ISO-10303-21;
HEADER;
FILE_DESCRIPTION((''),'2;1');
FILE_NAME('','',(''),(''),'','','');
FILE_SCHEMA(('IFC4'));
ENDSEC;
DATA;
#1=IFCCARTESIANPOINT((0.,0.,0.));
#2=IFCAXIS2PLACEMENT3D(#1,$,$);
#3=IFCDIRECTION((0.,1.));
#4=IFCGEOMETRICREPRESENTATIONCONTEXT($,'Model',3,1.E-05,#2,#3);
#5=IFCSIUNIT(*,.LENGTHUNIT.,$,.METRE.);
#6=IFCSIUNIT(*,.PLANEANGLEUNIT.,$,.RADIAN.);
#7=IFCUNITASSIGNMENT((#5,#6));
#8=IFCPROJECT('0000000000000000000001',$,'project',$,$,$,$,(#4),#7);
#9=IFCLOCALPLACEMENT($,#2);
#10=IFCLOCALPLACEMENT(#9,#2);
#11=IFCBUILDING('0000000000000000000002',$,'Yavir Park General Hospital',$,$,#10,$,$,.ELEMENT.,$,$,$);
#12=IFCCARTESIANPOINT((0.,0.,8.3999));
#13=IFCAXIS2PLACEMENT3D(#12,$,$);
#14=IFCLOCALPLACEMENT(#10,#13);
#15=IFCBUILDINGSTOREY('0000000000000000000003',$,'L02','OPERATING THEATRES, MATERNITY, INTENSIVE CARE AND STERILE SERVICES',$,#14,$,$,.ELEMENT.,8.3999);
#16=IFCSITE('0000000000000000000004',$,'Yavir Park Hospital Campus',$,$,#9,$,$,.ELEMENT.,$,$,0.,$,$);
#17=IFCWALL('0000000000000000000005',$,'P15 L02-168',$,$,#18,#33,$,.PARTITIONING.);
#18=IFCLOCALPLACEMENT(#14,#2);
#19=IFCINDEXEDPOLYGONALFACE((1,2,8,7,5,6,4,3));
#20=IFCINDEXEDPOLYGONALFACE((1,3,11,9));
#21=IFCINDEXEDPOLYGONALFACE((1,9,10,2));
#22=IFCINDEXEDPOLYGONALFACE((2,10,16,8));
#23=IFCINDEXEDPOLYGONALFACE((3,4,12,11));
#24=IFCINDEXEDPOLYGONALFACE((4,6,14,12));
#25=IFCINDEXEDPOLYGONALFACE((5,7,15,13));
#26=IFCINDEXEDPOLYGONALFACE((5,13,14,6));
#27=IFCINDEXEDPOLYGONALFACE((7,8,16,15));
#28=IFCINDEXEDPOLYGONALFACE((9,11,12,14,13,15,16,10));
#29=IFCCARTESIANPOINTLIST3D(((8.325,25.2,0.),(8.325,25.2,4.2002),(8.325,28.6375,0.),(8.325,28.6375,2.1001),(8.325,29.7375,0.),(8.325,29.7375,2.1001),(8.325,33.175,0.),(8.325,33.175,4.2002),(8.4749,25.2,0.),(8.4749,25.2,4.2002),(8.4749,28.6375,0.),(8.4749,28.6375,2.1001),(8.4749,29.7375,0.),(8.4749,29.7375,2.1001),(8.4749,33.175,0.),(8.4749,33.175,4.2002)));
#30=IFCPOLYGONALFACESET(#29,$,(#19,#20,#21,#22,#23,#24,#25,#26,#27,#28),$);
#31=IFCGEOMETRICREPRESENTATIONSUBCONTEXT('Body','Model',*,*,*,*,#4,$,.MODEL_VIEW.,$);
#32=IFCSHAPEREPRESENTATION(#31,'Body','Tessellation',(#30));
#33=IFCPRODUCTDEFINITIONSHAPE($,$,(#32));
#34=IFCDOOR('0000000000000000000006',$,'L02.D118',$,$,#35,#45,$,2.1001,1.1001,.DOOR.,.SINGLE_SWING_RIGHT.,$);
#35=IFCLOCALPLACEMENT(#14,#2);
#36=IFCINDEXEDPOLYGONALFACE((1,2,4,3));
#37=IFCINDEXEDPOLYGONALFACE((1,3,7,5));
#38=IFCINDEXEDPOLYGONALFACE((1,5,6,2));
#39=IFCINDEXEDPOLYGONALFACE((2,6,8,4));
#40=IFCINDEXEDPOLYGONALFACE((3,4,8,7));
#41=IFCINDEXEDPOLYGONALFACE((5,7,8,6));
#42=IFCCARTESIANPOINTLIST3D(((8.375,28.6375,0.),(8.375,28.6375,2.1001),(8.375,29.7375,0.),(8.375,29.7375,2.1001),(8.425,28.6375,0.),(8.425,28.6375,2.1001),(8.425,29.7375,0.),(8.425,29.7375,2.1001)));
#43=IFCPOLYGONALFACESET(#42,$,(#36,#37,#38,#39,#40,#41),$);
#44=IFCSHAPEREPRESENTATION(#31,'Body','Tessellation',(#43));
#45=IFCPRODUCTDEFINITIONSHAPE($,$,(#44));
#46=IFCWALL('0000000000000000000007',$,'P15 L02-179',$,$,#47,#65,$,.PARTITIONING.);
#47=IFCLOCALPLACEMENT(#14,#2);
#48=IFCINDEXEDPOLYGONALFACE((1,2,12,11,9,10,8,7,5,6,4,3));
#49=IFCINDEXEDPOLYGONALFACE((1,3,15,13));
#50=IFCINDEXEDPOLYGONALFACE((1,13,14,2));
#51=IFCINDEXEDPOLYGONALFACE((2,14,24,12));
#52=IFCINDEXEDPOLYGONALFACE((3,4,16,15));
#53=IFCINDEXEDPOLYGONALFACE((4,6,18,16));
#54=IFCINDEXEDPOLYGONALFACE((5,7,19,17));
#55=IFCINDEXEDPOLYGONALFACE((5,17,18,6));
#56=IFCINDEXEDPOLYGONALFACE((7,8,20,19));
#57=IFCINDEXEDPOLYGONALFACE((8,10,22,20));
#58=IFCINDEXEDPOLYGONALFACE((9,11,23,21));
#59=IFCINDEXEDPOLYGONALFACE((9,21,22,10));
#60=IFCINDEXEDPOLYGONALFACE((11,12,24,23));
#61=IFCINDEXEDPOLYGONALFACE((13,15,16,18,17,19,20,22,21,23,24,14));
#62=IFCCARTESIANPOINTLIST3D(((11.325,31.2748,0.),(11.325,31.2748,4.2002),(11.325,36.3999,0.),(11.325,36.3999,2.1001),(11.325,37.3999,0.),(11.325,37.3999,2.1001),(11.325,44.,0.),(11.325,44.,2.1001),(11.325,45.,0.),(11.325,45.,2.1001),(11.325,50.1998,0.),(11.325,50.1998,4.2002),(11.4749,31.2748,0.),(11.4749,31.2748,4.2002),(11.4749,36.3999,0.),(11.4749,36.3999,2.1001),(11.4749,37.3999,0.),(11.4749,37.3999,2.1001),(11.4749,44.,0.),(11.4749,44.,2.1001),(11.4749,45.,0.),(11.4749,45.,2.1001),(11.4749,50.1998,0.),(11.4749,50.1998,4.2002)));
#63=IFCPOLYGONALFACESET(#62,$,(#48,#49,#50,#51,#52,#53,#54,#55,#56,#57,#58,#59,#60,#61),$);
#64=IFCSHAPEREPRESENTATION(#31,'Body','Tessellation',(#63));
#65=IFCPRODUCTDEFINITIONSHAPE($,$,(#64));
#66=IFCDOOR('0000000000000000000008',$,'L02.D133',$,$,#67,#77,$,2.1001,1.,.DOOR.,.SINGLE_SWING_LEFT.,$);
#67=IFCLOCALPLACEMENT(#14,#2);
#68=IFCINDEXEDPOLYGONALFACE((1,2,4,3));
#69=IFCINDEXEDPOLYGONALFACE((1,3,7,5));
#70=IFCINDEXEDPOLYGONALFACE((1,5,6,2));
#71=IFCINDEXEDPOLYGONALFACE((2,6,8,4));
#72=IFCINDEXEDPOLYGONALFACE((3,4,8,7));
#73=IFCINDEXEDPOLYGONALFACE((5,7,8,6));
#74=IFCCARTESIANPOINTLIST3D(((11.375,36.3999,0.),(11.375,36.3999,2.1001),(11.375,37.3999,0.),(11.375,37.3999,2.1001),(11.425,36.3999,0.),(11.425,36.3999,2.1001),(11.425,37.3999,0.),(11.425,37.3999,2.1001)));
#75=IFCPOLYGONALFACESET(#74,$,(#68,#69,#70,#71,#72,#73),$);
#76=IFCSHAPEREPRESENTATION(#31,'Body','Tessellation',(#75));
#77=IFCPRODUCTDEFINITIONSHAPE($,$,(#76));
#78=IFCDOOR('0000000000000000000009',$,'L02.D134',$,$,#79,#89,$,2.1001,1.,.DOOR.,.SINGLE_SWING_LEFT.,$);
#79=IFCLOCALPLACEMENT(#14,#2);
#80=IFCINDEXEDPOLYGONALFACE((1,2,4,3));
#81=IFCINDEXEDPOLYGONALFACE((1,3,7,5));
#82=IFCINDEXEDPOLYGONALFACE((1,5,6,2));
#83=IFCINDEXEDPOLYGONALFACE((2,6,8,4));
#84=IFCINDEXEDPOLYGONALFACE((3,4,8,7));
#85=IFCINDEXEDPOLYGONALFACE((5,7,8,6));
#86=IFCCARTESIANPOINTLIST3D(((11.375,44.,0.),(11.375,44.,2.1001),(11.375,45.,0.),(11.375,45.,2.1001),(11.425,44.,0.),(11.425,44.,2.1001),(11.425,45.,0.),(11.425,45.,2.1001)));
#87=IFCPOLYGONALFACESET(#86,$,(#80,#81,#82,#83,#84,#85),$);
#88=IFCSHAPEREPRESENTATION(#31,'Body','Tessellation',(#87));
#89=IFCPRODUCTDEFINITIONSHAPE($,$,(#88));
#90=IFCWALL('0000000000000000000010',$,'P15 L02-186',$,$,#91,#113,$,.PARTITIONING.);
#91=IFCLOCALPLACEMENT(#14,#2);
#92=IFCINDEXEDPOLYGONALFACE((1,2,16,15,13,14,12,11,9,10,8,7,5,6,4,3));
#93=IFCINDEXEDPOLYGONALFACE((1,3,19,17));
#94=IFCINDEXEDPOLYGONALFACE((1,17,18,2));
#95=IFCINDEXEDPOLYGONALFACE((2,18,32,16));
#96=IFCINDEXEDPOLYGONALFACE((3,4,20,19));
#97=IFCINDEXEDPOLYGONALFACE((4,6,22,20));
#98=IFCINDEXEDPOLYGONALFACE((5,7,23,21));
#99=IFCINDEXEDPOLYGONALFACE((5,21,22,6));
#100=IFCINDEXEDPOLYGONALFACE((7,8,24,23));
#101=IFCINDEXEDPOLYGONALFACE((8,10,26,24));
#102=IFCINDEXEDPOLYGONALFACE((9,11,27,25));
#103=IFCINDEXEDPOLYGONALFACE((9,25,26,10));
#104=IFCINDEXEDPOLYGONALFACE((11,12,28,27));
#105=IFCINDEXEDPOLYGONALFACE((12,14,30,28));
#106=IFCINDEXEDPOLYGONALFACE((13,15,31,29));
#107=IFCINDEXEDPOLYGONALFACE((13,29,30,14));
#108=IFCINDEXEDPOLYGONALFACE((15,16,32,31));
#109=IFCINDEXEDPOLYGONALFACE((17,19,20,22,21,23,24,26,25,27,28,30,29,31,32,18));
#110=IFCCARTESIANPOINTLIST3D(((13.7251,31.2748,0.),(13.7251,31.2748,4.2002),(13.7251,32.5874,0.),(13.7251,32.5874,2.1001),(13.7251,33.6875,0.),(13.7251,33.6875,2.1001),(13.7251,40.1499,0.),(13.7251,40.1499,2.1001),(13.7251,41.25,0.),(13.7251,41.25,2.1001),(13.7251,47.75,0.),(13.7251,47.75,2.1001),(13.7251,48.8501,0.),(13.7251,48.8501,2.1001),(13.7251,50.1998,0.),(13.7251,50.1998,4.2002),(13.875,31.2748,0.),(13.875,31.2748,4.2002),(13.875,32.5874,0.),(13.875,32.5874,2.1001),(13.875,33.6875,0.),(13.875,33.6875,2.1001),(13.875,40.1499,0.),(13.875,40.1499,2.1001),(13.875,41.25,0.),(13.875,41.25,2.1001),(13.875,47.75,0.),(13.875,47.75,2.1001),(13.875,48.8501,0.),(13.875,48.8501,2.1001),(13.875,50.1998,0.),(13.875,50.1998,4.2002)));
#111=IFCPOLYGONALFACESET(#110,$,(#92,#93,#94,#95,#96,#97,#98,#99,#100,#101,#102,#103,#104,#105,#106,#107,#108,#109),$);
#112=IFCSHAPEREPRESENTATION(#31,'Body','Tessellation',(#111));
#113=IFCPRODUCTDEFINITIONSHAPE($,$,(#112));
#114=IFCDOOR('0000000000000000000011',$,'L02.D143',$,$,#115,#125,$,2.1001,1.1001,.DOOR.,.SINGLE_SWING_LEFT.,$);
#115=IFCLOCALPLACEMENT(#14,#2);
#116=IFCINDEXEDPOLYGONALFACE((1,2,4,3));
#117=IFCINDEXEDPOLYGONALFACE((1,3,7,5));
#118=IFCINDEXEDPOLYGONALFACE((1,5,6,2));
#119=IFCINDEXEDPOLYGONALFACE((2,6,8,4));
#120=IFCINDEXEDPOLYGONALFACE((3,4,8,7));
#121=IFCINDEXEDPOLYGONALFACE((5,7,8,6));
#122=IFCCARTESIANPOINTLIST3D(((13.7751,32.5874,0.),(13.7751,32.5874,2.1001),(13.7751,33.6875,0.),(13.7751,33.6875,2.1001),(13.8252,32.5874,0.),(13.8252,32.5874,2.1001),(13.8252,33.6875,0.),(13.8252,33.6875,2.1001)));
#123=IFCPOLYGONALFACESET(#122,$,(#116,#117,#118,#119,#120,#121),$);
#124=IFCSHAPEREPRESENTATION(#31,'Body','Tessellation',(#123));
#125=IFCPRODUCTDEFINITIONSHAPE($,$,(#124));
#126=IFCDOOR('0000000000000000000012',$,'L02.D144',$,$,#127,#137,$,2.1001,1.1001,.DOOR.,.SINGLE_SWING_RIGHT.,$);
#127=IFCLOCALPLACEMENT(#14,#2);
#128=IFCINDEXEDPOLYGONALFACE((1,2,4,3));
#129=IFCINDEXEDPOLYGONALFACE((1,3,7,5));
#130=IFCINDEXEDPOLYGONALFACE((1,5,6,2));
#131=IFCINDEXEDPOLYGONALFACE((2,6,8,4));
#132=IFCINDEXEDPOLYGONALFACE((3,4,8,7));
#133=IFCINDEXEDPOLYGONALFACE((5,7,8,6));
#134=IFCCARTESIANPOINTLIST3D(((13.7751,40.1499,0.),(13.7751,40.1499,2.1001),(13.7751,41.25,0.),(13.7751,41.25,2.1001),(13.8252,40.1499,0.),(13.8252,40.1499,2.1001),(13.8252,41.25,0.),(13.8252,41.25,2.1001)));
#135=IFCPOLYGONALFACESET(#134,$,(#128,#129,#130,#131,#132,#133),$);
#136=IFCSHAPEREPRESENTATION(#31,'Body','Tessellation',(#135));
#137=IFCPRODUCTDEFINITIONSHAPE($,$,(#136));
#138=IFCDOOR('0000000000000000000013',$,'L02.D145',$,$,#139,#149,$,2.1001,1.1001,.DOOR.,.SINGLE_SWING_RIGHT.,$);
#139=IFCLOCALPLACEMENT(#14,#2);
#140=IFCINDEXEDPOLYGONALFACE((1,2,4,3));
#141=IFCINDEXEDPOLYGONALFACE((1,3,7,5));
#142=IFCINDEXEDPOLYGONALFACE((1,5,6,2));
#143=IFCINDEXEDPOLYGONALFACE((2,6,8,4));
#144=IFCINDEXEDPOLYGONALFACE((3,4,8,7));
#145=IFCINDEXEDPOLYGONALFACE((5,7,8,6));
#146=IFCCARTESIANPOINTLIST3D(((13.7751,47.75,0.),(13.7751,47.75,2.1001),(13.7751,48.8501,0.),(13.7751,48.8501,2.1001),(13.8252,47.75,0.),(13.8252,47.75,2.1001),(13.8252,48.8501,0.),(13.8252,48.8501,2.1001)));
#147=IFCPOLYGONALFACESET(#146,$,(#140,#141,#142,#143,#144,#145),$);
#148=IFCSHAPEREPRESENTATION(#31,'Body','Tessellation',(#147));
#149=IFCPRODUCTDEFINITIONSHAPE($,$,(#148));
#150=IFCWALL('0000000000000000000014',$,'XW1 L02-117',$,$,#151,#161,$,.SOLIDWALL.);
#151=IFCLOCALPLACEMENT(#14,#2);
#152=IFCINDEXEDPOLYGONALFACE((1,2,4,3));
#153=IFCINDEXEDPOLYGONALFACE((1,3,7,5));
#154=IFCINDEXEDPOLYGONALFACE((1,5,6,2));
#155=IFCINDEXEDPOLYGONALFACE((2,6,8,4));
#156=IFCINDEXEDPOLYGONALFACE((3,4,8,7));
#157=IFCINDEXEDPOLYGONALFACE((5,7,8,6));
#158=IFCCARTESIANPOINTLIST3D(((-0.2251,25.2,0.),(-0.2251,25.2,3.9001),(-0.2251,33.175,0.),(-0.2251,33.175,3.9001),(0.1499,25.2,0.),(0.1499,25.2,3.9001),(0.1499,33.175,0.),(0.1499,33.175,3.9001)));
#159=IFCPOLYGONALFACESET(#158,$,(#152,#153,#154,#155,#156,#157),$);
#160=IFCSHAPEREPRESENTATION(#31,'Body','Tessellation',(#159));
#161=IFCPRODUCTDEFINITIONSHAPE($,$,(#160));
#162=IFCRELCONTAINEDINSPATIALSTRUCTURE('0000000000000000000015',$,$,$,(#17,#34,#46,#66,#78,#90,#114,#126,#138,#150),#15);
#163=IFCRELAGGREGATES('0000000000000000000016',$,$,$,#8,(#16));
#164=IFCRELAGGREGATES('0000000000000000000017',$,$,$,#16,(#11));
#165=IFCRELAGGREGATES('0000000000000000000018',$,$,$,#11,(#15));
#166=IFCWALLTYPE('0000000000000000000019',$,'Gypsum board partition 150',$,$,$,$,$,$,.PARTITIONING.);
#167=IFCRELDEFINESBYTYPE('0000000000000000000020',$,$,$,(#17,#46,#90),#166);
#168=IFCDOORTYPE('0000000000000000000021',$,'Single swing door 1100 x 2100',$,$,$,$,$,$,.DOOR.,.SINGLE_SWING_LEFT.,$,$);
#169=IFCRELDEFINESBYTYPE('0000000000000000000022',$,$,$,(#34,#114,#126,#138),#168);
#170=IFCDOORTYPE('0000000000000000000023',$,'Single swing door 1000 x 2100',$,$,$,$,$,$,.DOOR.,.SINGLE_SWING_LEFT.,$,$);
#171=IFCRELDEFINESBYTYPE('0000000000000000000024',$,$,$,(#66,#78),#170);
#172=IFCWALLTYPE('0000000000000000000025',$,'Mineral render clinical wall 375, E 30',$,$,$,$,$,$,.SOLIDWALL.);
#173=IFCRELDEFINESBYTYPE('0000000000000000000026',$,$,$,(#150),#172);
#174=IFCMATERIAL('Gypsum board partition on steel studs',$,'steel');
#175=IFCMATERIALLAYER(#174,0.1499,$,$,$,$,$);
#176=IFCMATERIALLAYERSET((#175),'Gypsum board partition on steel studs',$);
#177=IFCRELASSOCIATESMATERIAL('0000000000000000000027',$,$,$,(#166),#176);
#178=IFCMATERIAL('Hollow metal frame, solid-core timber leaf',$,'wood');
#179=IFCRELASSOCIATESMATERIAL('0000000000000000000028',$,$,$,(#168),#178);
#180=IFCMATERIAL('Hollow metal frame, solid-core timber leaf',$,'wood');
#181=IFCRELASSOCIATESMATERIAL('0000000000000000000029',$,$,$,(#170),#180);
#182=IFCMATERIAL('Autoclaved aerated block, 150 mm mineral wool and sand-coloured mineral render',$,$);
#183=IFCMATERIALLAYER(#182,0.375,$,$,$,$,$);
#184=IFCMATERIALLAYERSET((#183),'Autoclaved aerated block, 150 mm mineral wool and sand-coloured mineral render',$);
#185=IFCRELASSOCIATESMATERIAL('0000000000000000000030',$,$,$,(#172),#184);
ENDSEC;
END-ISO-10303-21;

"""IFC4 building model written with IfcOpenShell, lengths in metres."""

from ifc_helpers import new_model, si_unit, direction, frame, frame_2d, origin, place, context, subcontext, project, spatial, rectangle, extrude, material, layer, layer_set, type_object, element, fill, save


model = new_model("IFC4")

# Units and contexts
model_context = context("Model", 3, precision=1e-05, world=origin(), true_north=direction((0.0, 1.0)))
body_context = subcontext(model_context, "Body", "Model", "MODEL_VIEW")
ifc_project = project(units=[si_unit("LENGTHUNIT", "METRE"), si_unit("PLANEANGLEUNIT", "RADIAN")], contexts=[model_context])

# Site, building, storey
site_placement = place(None, origin())
site = spatial("IfcSite", under=ifc_project, at=site_placement, Name="Yavir Park Hospital Campus", CompositionType="ELEMENT", RefElevation=0.0)
building_placement = place(site_placement, origin())
building = spatial("IfcBuilding", under=site, at=building_placement, Name="Yavir Park General Hospital", CompositionType="ELEMENT")
storey_placement = place(building_placement, frame((0.0, 0.0, 8.3999)))
storey = spatial("IfcBuildingStorey", under=building, at=storey_placement, Name="L02", Description="OPERATING THEATRES, MATERNITY, INTENSIVE CARE AND STERILE SERVICES", CompositionType="ELEMENT", Elevation=8.3999)

# Shared definitions
ifc_material_1 = material(Name="Gypsum board partition on steel studs", Category="steel")
ifc_layer_1 = layer(ifc_material_1, 0.1499)
ifc_layer_set_1 = layer_set([ifc_layer_1], Name="Gypsum board partition on steel studs")
wall_type_1 = type_object("IfcWallType", Name="Gypsum board partition 150", PredefinedType="PARTITIONING", material=ifc_layer_set_1)

# Wall, opening, door
wall_1_placement = place(storey_placement, frame((8.3999, 25.2, 0.0), z_axis=(0.0, 0.0, 1.0), x_axis=(0.0, 1.0, 0.0)))
wall_1 = element("IfcWall", 1, at=wall_1_placement, inside=storey, type_object=wall_type_1, Name="P15 L02-168", PredefinedType="PARTITIONING", context=body_context, shape_type="SweptSolid", body=[
    extrude(rectangle(XDim=7.9751, YDim=0.1499, at=frame_2d((3.9875, 0.0))), origin(), (0.0, 0.0, 1.0), 4.2002),
])
opening_1_placement = place(wall_1_placement, frame((3.4375, 0.0, 0.0)))
opening_1 = element("IfcOpeningElement", 2, at=opening_1_placement, cuts=wall_1, PredefinedType="OPENING", context=body_context, shape_type="SweptSolid", body=[
    extrude(rectangle(XDim=1.1001, YDim=2.1001, at=frame_2d((0.55, 1.05))), frame((0.0, 0.085, 0.0), z_axis=(0.0, -1.0, 0.0), x_axis=(1.0, 0.0, 0.0)), (0.0, 0.0, 1.0), 0.1699),
])
ifc_material_2 = material(Name="Hollow metal frame, solid-core timber leaf", Category="wood")
door_type_1 = type_object("IfcDoorType", Name="Single swing door 1100 x 2100", OperationType="SINGLE_SWING_LEFT", PredefinedType="DOOR", material=ifc_material_2)
door_1_placement = place(opening_1_placement, origin())
door_1 = element("IfcDoor", 3, at=door_1_placement, inside=storey, type_object=door_type_1, Name="L02.D118", OperationType="SINGLE_SWING_RIGHT", OverallHeight=2.1001, OverallWidth=1.1001, PredefinedType="DOOR", context=body_context, shape_type="SweptSolid", body=[
    extrude(rectangle(XDim=1.1001, YDim=2.1001, at=frame_2d((0.55, 1.05))), frame((0.0, 0.0249, 0.0), z_axis=(0.0, -1.0, 0.0), x_axis=(1.0, 0.0, 0.0)), (0.0, 0.0, 1.0), 0.05),
])
fill(opening_1, door_1)

# Walls, openings, doors
wall_2_placement = place(storey_placement, frame((11.3999, 31.2749, 0.0), z_axis=(0.0, 0.0, 1.0), x_axis=(0.0, 1.0, 0.0)))
wall_2 = element("IfcWall", 4, at=wall_2_placement, inside=storey, type_object=wall_type_1, Name="P15 L02-179", PredefinedType="PARTITIONING", context=body_context, shape_type="SweptSolid", body=[
    extrude(rectangle(XDim=18.925, YDim=0.1499, at=frame_2d((9.4624, 0.0))), origin(), (0.0, 0.0, 1.0), 4.2002),
])
opening_2_placement = place(wall_2_placement, frame((5.125, 0.0, 0.0)))
opening_2 = element("IfcOpeningElement", 5, at=opening_2_placement, cuts=wall_2, PredefinedType="OPENING", context=body_context, shape_type="SweptSolid", body=[
    extrude(rectangle(XDim=1.0, YDim=2.1001, at=frame_2d((0.5, 1.05))), frame((0.0, 0.085, 0.0), z_axis=(0.0, -1.0, 0.0), x_axis=(1.0, 0.0, 0.0)), (0.0, 0.0, 1.0), 0.1699),
])
opening_3_placement = place(wall_2_placement, frame((12.7251, 0.0, 0.0)))
opening_3 = element("IfcOpeningElement", 6, at=opening_3_placement, cuts=wall_2, PredefinedType="OPENING", context=body_context, shape_type="SweptSolid", body=[
    extrude(rectangle(XDim=1.0, YDim=2.1001, at=frame_2d((0.5, 1.05))), frame((0.0, 0.085, 0.0), z_axis=(0.0, -1.0, 0.0), x_axis=(1.0, 0.0, 0.0)), (0.0, 0.0, 1.0), 0.1699),
])
ifc_material_3 = material(Name="Hollow metal frame, solid-core timber leaf", Category="wood")
door_type_2 = type_object("IfcDoorType", Name="Single swing door 1000 x 2100", OperationType="SINGLE_SWING_LEFT", PredefinedType="DOOR", material=ifc_material_3)
door_2_placement = place(opening_2_placement, origin())
door_2 = element("IfcDoor", 7, at=door_2_placement, inside=storey, type_object=door_type_2, Name="L02.D133", OperationType="SINGLE_SWING_LEFT", OverallHeight=2.1001, OverallWidth=1.0, PredefinedType="DOOR", context=body_context, shape_type="SweptSolid", body=[
    extrude(rectangle(XDim=1.0, YDim=2.1001, at=frame_2d((0.5, 1.05))), frame((0.0, 0.0249, 0.0), z_axis=(0.0, -1.0, 0.0), x_axis=(1.0, 0.0, 0.0)), (0.0, 0.0, 1.0), 0.05),
])
fill(opening_2, door_2)
door_3_placement = place(opening_3_placement, origin())
door_3 = element("IfcDoor", 8, at=door_3_placement, inside=storey, type_object=door_type_2, Name="L02.D134", OperationType="SINGLE_SWING_LEFT", OverallHeight=2.1001, OverallWidth=1.0, PredefinedType="DOOR", context=body_context, shape_type="SweptSolid", body=[
    extrude(rectangle(XDim=1.0, YDim=2.1001, at=frame_2d((0.5, 1.05))), frame((0.0, 0.0249, 0.0), z_axis=(0.0, -1.0, 0.0), x_axis=(1.0, 0.0, 0.0)), (0.0, 0.0, 1.0), 0.05),
])
fill(opening_3, door_3)
wall_3_placement = place(storey_placement, frame((13.8, 31.2749, 0.0), z_axis=(0.0, 0.0, 1.0), x_axis=(0.0, 1.0, 0.0)))
wall_3 = element("IfcWall", 9, at=wall_3_placement, inside=storey, type_object=wall_type_1, Name="P15 L02-186", PredefinedType="PARTITIONING", context=body_context, shape_type="SweptSolid", body=[
    extrude(rectangle(XDim=18.925, YDim=0.1499, at=frame_2d((9.4624, 0.0))), origin(), (0.0, 0.0, 1.0), 4.2002),
])
opening_4_placement = place(wall_3_placement, frame((1.3125, 0.0, 0.0)))
opening_4 = element("IfcOpeningElement", 10, at=opening_4_placement, cuts=wall_3, PredefinedType="OPENING", context=body_context, shape_type="SweptSolid", body=[
    extrude(rectangle(XDim=1.1001, YDim=2.1001, at=frame_2d((0.55, 1.05))), frame((0.0, 0.085, 0.0), z_axis=(0.0, -1.0, 0.0), x_axis=(1.0, 0.0, 0.0)), (0.0, 0.0, 1.0), 0.1699),
])
opening_5_placement = place(wall_3_placement, frame((8.875, 0.0, 0.0)))
opening_5 = element("IfcOpeningElement", 11, at=opening_5_placement, cuts=wall_3, PredefinedType="OPENING", context=body_context, shape_type="SweptSolid", body=[
    extrude(rectangle(XDim=1.1001, YDim=2.1001, at=frame_2d((0.55, 1.05))), frame((0.0, 0.085, 0.0), z_axis=(0.0, -1.0, 0.0), x_axis=(1.0, 0.0, 0.0)), (0.0, 0.0, 1.0), 0.1699),
])
opening_6_placement = place(wall_3_placement, frame((16.4751, 0.0, 0.0)))
opening_6 = element("IfcOpeningElement", 12, at=opening_6_placement, cuts=wall_3, PredefinedType="OPENING", context=body_context, shape_type="SweptSolid", body=[
    extrude(rectangle(XDim=1.1001, YDim=2.1001, at=frame_2d((0.55, 1.05))), frame((0.0, 0.085, 0.0), z_axis=(0.0, -1.0, 0.0), x_axis=(1.0, 0.0, 0.0)), (0.0, 0.0, 1.0), 0.1699),
])
door_4_placement = place(opening_4_placement, origin())
door_4 = element("IfcDoor", 13, at=door_4_placement, inside=storey, type_object=door_type_1, Name="L02.D143", OperationType="SINGLE_SWING_LEFT", OverallHeight=2.1001, OverallWidth=1.1001, PredefinedType="DOOR", context=body_context, shape_type="SweptSolid", body=[
    extrude(rectangle(XDim=1.1001, YDim=2.1001, at=frame_2d((0.55, 1.05))), frame((0.0, 0.0249, 0.0), z_axis=(0.0, -1.0, 0.0), x_axis=(1.0, 0.0, 0.0)), (0.0, 0.0, 1.0), 0.05),
])
fill(opening_4, door_4)
door_5_placement = place(opening_5_placement, origin())
door_5 = element("IfcDoor", 14, at=door_5_placement, inside=storey, type_object=door_type_1, Name="L02.D144", OperationType="SINGLE_SWING_RIGHT", OverallHeight=2.1001, OverallWidth=1.1001, PredefinedType="DOOR", context=body_context, shape_type="SweptSolid", body=[
    extrude(rectangle(XDim=1.1001, YDim=2.1001, at=frame_2d((0.55, 1.05))), frame((0.0, 0.0249, 0.0), z_axis=(0.0, -1.0, 0.0), x_axis=(1.0, 0.0, 0.0)), (0.0, 0.0, 1.0), 0.05),
])
fill(opening_5, door_5)
door_6_placement = place(opening_6_placement, origin())
door_6 = element("IfcDoor", 15, at=door_6_placement, inside=storey, type_object=door_type_1, Name="L02.D145", OperationType="SINGLE_SWING_RIGHT", OverallHeight=2.1001, OverallWidth=1.1001, PredefinedType="DOOR", context=body_context, shape_type="SweptSolid", body=[
    extrude(rectangle(XDim=1.1001, YDim=2.1001, at=frame_2d((0.55, 1.05))), frame((0.0, 0.0249, 0.0), z_axis=(0.0, -1.0, 0.0), x_axis=(1.0, 0.0, 0.0)), (0.0, 0.0, 1.0), 0.05),
])
fill(opening_6, door_6)

# Wall
ifc_material_4 = material(Name="Autoclaved aerated block, 150 mm mineral wool and sand-coloured mineral render")
ifc_layer_2 = layer(ifc_material_4, 0.375)
ifc_layer_set_2 = layer_set([ifc_layer_2], Name="Autoclaved aerated block, 150 mm mineral wool and sand-coloured mineral render")
wall_type_2 = type_object("IfcWallType", Name="Mineral render clinical wall 375, E 30", PredefinedType="SOLIDWALL", material=ifc_layer_set_2)
wall_4_placement = place(storey_placement, frame((-0.0376, 25.2, 0.0), z_axis=(0.0, 0.0, 1.0), x_axis=(0.0, 1.0, 0.0)))
element("IfcWall", 16, at=wall_4_placement, inside=storey, type_object=wall_type_2, Name="XW1 L02-117", PredefinedType="SOLIDWALL", context=body_context, shape_type="SweptSolid", body=[
    extrude(rectangle(XDim=7.9751, YDim=0.375, at=frame_2d((3.9875, 0.0))), origin(), (0.0, 0.0, 1.0), 3.9001),
])

save(model, "model.ifc")
